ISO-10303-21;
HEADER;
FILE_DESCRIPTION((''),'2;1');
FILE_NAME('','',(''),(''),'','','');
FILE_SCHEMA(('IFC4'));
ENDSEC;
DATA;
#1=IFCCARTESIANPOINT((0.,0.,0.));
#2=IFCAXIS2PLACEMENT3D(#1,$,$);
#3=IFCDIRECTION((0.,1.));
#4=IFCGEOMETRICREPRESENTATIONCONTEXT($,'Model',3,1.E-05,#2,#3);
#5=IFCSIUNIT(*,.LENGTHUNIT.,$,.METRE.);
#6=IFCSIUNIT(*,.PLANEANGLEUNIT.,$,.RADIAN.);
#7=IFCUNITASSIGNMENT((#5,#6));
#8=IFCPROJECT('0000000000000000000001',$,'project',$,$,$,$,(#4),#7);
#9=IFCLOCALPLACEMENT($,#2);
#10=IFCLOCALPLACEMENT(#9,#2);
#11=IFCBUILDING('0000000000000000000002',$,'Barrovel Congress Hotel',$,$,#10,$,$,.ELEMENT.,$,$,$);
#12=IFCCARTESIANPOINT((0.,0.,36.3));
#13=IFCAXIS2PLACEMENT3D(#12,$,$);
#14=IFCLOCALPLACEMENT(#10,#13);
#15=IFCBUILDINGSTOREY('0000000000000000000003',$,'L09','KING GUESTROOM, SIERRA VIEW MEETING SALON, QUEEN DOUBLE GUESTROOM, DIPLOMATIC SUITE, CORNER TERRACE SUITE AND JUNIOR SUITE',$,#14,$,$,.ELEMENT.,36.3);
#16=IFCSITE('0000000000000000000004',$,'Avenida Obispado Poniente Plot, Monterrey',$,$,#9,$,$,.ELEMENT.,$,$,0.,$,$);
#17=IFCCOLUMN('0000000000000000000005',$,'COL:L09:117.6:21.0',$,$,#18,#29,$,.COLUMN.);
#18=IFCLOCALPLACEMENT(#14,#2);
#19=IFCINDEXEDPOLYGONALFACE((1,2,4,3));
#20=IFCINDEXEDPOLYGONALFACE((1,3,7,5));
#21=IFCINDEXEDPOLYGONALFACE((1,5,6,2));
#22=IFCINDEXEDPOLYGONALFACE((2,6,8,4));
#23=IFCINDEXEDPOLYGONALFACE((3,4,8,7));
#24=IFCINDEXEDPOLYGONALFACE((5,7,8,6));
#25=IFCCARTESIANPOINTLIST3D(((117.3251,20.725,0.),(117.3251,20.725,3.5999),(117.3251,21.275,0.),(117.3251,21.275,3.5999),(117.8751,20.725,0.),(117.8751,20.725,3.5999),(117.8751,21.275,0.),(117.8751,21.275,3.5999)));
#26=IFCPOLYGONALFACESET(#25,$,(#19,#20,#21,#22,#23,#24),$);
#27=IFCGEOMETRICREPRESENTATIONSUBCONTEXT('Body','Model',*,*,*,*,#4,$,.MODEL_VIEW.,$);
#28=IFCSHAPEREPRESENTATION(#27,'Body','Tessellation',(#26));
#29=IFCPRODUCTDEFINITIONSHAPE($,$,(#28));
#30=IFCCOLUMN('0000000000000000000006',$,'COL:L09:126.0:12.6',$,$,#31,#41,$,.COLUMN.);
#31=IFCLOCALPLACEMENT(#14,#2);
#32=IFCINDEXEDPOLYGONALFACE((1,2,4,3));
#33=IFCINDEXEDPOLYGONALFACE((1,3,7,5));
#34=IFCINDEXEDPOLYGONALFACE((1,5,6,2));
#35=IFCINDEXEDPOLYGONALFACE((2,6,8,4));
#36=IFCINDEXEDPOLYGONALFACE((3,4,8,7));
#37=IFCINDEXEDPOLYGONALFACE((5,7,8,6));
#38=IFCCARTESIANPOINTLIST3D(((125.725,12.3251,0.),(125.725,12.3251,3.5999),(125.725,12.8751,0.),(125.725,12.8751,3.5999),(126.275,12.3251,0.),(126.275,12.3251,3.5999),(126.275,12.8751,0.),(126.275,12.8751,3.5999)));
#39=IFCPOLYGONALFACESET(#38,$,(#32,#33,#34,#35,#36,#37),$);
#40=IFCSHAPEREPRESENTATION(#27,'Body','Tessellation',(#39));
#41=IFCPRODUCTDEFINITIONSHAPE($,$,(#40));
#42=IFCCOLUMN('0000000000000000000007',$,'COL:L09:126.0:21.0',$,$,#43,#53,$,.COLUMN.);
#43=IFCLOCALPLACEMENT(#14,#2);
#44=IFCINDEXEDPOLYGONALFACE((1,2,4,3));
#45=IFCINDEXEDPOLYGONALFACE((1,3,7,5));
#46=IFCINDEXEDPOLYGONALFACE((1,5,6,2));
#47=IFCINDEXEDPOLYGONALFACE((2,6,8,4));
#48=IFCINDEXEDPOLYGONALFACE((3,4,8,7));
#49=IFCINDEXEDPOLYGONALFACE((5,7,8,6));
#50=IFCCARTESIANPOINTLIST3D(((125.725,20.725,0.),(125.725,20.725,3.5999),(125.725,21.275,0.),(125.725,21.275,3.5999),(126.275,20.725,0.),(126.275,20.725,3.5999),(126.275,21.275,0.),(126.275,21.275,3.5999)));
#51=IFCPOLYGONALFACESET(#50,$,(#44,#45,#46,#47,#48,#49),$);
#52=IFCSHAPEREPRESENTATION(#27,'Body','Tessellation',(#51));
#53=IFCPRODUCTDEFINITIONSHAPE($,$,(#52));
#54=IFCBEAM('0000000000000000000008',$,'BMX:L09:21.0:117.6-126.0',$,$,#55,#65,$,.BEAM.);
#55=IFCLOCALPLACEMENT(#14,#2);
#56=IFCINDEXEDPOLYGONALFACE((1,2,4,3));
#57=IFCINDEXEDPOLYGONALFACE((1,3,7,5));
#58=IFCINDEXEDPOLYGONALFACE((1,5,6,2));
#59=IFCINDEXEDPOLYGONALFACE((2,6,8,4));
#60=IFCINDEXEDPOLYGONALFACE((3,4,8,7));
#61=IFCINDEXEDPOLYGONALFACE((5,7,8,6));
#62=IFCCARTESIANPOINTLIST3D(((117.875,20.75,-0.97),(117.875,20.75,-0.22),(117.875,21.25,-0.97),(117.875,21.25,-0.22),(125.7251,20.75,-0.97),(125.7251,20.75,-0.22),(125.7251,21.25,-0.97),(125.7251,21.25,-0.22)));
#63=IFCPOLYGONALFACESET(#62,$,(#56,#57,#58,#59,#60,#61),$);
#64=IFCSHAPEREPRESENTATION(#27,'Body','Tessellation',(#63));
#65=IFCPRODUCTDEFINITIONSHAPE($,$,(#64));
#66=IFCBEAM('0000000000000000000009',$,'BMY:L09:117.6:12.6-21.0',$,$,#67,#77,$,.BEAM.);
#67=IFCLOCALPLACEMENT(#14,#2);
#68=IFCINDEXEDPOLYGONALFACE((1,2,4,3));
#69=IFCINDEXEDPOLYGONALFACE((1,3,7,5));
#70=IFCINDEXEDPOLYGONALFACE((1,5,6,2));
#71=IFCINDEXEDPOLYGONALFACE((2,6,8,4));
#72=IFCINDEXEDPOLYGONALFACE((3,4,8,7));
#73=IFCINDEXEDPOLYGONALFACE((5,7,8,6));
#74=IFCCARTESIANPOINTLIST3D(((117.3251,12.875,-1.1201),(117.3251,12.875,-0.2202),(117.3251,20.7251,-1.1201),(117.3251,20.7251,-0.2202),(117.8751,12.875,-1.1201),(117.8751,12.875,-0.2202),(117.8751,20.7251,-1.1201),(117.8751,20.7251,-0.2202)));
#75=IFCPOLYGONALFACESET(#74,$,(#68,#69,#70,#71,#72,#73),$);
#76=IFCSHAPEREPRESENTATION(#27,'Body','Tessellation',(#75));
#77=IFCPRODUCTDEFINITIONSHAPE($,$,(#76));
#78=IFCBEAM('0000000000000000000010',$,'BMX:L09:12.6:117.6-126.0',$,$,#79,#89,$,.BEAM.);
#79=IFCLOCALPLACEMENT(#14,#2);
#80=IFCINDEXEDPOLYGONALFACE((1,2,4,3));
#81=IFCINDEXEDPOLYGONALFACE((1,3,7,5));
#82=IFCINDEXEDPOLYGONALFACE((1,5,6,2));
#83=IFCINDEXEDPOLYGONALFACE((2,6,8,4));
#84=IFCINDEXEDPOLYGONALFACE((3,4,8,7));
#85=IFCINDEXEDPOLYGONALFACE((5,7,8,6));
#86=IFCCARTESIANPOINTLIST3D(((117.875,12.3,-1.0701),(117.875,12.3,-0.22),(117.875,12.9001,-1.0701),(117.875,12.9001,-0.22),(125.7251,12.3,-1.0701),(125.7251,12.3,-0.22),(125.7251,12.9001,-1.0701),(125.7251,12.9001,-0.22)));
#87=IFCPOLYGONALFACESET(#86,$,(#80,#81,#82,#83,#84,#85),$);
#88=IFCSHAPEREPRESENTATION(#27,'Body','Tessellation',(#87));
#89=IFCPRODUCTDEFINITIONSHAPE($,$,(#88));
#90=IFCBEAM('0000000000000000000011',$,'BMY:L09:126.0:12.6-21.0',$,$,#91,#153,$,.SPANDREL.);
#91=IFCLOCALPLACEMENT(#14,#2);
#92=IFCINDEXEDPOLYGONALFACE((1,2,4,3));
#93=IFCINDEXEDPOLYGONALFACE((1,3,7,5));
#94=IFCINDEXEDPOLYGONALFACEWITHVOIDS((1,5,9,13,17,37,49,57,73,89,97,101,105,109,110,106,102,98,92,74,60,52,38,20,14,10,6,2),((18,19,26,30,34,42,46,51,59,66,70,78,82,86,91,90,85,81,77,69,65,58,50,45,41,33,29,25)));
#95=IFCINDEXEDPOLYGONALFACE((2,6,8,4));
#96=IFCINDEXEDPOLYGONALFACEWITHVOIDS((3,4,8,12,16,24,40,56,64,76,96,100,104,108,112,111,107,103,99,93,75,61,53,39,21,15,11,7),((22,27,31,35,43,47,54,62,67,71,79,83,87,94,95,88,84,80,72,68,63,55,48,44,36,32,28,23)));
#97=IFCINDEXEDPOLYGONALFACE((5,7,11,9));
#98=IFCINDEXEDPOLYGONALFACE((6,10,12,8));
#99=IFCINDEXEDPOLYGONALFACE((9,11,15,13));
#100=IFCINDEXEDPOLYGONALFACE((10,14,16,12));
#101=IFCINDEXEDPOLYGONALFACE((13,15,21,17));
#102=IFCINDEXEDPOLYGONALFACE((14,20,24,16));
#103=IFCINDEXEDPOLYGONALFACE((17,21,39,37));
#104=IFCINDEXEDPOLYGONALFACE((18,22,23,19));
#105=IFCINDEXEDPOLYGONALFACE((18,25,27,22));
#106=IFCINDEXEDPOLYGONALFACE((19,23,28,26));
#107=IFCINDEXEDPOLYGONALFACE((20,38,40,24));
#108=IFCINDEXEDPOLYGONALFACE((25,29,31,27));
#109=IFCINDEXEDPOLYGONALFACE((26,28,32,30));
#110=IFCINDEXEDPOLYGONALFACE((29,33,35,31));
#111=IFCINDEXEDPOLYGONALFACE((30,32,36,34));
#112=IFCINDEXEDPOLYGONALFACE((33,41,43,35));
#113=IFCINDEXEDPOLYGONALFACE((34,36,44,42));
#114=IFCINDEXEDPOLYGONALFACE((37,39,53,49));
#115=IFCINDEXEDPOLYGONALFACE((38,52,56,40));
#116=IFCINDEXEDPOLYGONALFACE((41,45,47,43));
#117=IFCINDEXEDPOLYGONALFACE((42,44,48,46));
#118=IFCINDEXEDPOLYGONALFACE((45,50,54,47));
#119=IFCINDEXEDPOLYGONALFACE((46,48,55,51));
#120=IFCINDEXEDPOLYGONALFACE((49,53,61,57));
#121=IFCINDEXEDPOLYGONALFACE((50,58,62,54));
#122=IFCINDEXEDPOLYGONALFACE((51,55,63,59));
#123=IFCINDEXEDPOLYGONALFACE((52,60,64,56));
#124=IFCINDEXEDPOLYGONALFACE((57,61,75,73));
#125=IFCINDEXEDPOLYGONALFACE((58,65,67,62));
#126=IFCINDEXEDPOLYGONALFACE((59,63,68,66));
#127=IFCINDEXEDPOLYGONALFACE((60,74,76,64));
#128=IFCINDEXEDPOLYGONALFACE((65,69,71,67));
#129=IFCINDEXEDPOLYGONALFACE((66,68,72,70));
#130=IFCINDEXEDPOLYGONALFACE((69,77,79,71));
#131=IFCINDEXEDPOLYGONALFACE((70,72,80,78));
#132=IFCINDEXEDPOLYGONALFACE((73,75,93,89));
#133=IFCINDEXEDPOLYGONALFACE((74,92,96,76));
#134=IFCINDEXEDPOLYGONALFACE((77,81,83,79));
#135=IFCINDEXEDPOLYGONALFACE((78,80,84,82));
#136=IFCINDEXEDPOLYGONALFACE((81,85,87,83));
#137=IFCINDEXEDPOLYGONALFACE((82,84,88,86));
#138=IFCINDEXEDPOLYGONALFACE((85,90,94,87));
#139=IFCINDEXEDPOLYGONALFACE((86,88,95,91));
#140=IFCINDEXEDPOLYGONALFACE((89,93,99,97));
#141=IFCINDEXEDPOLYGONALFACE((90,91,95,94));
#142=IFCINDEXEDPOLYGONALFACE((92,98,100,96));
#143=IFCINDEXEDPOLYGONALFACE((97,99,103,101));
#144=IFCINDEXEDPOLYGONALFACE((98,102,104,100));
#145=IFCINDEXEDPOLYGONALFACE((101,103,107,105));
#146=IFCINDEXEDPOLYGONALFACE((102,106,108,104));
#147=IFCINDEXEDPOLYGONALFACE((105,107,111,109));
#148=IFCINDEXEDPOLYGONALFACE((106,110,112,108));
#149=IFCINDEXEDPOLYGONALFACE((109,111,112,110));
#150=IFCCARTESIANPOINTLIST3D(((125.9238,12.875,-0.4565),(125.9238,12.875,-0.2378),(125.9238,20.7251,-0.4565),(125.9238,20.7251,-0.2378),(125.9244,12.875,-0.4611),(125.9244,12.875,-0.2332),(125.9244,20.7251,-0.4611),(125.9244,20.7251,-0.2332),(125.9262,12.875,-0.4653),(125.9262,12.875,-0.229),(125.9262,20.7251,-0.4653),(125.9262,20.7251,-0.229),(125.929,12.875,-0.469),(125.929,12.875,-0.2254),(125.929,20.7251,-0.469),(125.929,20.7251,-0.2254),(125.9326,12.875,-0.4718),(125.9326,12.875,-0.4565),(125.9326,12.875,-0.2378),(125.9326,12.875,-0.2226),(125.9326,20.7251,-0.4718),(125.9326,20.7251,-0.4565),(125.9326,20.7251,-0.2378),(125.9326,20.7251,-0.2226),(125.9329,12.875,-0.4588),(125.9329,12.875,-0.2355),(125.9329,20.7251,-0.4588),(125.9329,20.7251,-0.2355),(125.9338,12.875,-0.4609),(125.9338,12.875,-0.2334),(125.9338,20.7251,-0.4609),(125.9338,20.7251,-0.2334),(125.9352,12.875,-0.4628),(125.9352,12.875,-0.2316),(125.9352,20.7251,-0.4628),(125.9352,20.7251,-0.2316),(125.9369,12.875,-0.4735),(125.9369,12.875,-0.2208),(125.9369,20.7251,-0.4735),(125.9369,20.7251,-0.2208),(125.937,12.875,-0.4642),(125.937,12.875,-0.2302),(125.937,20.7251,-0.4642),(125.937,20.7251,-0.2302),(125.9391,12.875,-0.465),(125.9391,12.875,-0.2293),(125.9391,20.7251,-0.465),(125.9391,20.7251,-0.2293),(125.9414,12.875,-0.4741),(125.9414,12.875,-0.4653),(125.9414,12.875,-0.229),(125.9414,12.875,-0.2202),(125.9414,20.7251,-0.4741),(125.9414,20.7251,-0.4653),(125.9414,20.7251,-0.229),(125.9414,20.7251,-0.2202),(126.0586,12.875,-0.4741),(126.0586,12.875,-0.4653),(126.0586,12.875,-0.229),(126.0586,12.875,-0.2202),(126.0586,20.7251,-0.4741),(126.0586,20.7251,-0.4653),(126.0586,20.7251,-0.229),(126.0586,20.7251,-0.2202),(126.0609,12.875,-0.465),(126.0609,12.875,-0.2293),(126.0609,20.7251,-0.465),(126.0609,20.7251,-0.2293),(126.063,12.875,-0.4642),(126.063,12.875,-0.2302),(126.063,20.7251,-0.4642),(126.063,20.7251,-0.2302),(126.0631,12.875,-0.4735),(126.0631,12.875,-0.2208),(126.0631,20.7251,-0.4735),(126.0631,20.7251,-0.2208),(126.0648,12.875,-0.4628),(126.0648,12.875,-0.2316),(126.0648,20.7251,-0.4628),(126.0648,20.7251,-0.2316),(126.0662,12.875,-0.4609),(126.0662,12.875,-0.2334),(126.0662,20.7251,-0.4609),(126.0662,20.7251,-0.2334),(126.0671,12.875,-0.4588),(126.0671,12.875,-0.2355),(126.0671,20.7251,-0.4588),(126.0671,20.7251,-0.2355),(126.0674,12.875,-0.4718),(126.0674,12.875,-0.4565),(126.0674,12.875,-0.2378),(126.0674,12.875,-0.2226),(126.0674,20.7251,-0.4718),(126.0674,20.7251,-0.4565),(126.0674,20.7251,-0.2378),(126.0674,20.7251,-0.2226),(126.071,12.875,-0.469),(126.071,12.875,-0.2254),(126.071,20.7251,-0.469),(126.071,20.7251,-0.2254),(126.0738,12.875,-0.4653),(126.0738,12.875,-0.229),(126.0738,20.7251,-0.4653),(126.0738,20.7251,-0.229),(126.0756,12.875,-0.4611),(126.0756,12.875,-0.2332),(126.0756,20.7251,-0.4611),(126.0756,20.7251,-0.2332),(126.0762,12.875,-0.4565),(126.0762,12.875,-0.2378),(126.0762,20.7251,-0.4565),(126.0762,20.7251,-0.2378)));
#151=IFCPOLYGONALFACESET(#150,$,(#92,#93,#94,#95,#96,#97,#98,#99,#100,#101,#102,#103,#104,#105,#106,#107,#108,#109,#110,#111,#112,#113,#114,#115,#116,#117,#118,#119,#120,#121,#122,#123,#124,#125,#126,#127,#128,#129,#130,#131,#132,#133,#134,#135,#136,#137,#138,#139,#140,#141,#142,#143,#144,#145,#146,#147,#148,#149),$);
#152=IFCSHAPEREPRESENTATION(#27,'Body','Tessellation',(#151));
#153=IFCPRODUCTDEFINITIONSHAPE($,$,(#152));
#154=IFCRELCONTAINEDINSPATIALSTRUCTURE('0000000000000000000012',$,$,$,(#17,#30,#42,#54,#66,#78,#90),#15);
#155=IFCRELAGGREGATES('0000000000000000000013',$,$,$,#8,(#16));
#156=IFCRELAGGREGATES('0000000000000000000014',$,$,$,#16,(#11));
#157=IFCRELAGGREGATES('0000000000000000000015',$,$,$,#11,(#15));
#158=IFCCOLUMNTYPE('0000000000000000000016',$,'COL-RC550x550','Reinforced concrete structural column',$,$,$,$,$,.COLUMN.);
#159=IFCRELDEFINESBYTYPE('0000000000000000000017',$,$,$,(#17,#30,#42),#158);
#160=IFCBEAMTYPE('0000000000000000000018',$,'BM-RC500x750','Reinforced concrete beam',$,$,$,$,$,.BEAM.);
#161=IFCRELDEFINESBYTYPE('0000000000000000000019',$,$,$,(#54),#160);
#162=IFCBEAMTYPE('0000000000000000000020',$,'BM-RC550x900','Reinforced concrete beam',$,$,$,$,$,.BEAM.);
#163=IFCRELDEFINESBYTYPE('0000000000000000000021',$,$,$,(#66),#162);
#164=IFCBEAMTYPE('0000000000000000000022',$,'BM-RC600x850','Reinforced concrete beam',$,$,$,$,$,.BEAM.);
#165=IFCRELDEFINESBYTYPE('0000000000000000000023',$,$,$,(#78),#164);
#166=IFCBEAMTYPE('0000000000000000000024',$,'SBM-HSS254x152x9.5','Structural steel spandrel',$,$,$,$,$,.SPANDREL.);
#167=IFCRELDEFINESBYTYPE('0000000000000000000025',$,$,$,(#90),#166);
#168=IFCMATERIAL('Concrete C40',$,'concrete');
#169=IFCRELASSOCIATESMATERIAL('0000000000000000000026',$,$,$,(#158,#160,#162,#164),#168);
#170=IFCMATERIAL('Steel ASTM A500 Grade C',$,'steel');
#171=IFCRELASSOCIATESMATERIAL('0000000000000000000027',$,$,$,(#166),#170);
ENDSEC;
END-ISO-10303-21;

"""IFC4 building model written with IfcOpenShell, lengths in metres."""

from ifc_helpers import new_model, si_unit, direction, frame, origin, origin_2d, place, context, subcontext, project, spatial, rectangle, hollow_rectangle, extrude, material, material_profile, profile_set, type_object, element, save


model = new_model("IFC4")

# Units and contexts
model_context = context("Model", 3, precision=1e-05, world=origin(), true_north=direction((0.0, 1.0)))
body_context = subcontext(model_context, "Body", "Model", "MODEL_VIEW")
ifc_project = project(units=[si_unit("LENGTHUNIT", "METRE"), si_unit("PLANEANGLEUNIT", "RADIAN")], contexts=[model_context])

# Site, building, storey
site_placement = place(None, origin())
site = spatial("IfcSite", under=ifc_project, at=site_placement, Name="Avenida Obispado Poniente Plot, Monterrey", CompositionType="ELEMENT", RefElevation=0.0)
building_placement = place(site_placement, origin())
building = spatial("IfcBuilding", under=site, at=building_placement, Name="Barrovel Congress Hotel", CompositionType="ELEMENT")
storey_placement = place(building_placement, frame((0.0, 0.0, 36.3)))
storey = spatial("IfcBuildingStorey", under=building, at=storey_placement, Name="L09", Description="KING GUESTROOM, SIERRA VIEW MEETING SALON, QUEEN DOUBLE GUESTROOM, DIPLOMATIC SUITE, CORNER TERRACE SUITE AND JUNIOR SUITE", CompositionType="ELEMENT", Elevation=36.3)

# Columns
ifc_material_1 = material(Name="Concrete C40", Category="concrete")
ifc_material_profile_1 = material_profile(ifc_material_1, rectangle(XDim=0.55, YDim=0.55, at=origin_2d()), Name="RC550x550")
ifc_profile_set_1 = profile_set([ifc_material_profile_1], Name="Concrete C40")
column_type = type_object("IfcColumnType", Name="COL-RC550x550", Description="Reinforced concrete structural column", PredefinedType="COLUMN", material=ifc_profile_set_1)
for number, where, z_axis, x_axis, name in (
    (1, (117.6001, 21.0, 0.0), (0.0, 0.0, 1.0), (1.0, 0.0, 0.0), "COL:L09:117.6:21.0"),
    (2, (126.0, 12.6001, 0.0), (0.0, 0.0, 1.0), (1.0, 0.0, 0.0), "COL:L09:126.0:12.6"),
    (3, (126.0, 21.0, 0.0), (0.0, 0.0, 1.0), (1.0, 0.0, 0.0), "COL:L09:126.0:21.0"),
):
    element("IfcColumn", number, at=place(storey_placement, frame(where, z_axis=z_axis, x_axis=x_axis)), inside=storey, type_object=column_type, Name=name, PredefinedType="COLUMN", context=body_context, shape_type="SweptSolid", body=[
        extrude(rectangle(XDim=0.55, YDim=0.55, at=origin_2d()), origin(), (0.0, 0.0, 1.0), 3.5999),
    ])

# Beams
ifc_material_profile_2 = material_profile(ifc_material_1, rectangle(XDim=0.5, YDim=0.75, at=origin_2d()), Name="RC500x750")
ifc_profile_set_2 = profile_set([ifc_material_profile_2], Name="Concrete C40")
beam_type_1 = type_object("IfcBeamType", Name="BM-RC500x750", Description="Reinforced concrete beam", PredefinedType="BEAM", material=ifc_profile_set_2)
beam_1_placement = place(storey_placement, frame((117.875, 21.0, -0.595), z_axis=(1.0, 0.0, 0.0), x_axis=(0.0, 1.0, 0.0)))
element("IfcBeam", 4, at=beam_1_placement, inside=storey, type_object=beam_type_1, Name="BMX:L09:21.0:117.6-126.0", PredefinedType="BEAM", context=body_context, shape_type="SweptSolid", body=[
    extrude(rectangle(XDim=0.5, YDim=0.75, at=origin_2d()), origin(), (0.0, 0.0, 1.0), 7.8501),
])
ifc_material_profile_3 = material_profile(ifc_material_1, rectangle(XDim=0.55, YDim=0.8999, at=origin_2d()), Name="RC550x900")
ifc_profile_set_3 = profile_set([ifc_material_profile_3], Name="Concrete C40")
beam_type_2 = type_object("IfcBeamType", Name="BM-RC550x900", Description="Reinforced concrete beam", PredefinedType="BEAM", material=ifc_profile_set_3)
beam_2_placement = place(storey_placement, frame((117.6001, 12.875, -0.6702), z_axis=(0.0, 1.0, 0.0), x_axis=(-1.0, 0.0, 0.0)))
element("IfcBeam", 5, at=beam_2_placement, inside=storey, type_object=beam_type_2, Name="BMY:L09:117.6:12.6-21.0", PredefinedType="BEAM", context=body_context, shape_type="SweptSolid", body=[
    extrude(rectangle(XDim=0.55, YDim=0.8999, at=origin_2d()), origin(), (0.0, 0.0, 1.0), 7.8501),
])
ifc_material_profile_4 = material_profile(ifc_material_1, rectangle(XDim=0.6001, YDim=0.8501, at=origin_2d()), Name="RC600x850")
ifc_profile_set_4 = profile_set([ifc_material_profile_4], Name="Concrete C40")
beam_type_3 = type_object("IfcBeamType", Name="BM-RC600x850", Description="Reinforced concrete beam", PredefinedType="BEAM", material=ifc_profile_set_4)
beam_3_placement = place(storey_placement, frame((117.875, 12.6001, -0.645), z_axis=(1.0, 0.0, 0.0), x_axis=(0.0, 1.0, 0.0)))
element("IfcBeam", 6, at=beam_3_placement, inside=storey, type_object=beam_type_3, Name="BMX:L09:12.6:117.6-126.0", PredefinedType="BEAM", context=body_context, shape_type="SweptSolid", body=[
    extrude(rectangle(XDim=0.6001, YDim=0.8501, at=origin_2d()), origin(), (0.0, 0.0, 1.0), 7.8501),
])
ifc_material_2 = material(Name="Steel ASTM A500 Grade C", Category="steel")
ifc_material_profile_5 = material_profile(ifc_material_2, hollow_rectangle(XDim=0.1523, YDim=0.2539, WallThickness=0.0088, InnerFilletRadius=0.0088, OuterFilletRadius=0.0176, at=origin_2d()), Name="HSS254x152x9.5")
ifc_profile_set_5 = profile_set([ifc_material_profile_5], Name="Steel ASTM A500 Grade C")
beam_type_4 = type_object("IfcBeamType", Name="SBM-HSS254x152x9.5", Description="Structural steel spandrel", PredefinedType="SPANDREL", material=ifc_profile_set_5)
beam_4_placement = place(storey_placement, frame((126.0, 12.875, -0.3472), z_axis=(0.0, 1.0, 0.0), x_axis=(-1.0, 0.0, 0.0)))
element("IfcBeam", 7, at=beam_4_placement, inside=storey, type_object=beam_type_4, Name="BMY:L09:126.0:12.6-21.0", PredefinedType="SPANDREL", context=body_context, shape_type="SweptSolid", body=[
    extrude(hollow_rectangle(XDim=0.1523, YDim=0.2539, WallThickness=0.0088, InnerFilletRadius=0.0088, OuterFilletRadius=0.0176, at=origin_2d()), origin(), (0.0, 0.0, 1.0), 7.8501),
])

save(model, "model.ifc")
